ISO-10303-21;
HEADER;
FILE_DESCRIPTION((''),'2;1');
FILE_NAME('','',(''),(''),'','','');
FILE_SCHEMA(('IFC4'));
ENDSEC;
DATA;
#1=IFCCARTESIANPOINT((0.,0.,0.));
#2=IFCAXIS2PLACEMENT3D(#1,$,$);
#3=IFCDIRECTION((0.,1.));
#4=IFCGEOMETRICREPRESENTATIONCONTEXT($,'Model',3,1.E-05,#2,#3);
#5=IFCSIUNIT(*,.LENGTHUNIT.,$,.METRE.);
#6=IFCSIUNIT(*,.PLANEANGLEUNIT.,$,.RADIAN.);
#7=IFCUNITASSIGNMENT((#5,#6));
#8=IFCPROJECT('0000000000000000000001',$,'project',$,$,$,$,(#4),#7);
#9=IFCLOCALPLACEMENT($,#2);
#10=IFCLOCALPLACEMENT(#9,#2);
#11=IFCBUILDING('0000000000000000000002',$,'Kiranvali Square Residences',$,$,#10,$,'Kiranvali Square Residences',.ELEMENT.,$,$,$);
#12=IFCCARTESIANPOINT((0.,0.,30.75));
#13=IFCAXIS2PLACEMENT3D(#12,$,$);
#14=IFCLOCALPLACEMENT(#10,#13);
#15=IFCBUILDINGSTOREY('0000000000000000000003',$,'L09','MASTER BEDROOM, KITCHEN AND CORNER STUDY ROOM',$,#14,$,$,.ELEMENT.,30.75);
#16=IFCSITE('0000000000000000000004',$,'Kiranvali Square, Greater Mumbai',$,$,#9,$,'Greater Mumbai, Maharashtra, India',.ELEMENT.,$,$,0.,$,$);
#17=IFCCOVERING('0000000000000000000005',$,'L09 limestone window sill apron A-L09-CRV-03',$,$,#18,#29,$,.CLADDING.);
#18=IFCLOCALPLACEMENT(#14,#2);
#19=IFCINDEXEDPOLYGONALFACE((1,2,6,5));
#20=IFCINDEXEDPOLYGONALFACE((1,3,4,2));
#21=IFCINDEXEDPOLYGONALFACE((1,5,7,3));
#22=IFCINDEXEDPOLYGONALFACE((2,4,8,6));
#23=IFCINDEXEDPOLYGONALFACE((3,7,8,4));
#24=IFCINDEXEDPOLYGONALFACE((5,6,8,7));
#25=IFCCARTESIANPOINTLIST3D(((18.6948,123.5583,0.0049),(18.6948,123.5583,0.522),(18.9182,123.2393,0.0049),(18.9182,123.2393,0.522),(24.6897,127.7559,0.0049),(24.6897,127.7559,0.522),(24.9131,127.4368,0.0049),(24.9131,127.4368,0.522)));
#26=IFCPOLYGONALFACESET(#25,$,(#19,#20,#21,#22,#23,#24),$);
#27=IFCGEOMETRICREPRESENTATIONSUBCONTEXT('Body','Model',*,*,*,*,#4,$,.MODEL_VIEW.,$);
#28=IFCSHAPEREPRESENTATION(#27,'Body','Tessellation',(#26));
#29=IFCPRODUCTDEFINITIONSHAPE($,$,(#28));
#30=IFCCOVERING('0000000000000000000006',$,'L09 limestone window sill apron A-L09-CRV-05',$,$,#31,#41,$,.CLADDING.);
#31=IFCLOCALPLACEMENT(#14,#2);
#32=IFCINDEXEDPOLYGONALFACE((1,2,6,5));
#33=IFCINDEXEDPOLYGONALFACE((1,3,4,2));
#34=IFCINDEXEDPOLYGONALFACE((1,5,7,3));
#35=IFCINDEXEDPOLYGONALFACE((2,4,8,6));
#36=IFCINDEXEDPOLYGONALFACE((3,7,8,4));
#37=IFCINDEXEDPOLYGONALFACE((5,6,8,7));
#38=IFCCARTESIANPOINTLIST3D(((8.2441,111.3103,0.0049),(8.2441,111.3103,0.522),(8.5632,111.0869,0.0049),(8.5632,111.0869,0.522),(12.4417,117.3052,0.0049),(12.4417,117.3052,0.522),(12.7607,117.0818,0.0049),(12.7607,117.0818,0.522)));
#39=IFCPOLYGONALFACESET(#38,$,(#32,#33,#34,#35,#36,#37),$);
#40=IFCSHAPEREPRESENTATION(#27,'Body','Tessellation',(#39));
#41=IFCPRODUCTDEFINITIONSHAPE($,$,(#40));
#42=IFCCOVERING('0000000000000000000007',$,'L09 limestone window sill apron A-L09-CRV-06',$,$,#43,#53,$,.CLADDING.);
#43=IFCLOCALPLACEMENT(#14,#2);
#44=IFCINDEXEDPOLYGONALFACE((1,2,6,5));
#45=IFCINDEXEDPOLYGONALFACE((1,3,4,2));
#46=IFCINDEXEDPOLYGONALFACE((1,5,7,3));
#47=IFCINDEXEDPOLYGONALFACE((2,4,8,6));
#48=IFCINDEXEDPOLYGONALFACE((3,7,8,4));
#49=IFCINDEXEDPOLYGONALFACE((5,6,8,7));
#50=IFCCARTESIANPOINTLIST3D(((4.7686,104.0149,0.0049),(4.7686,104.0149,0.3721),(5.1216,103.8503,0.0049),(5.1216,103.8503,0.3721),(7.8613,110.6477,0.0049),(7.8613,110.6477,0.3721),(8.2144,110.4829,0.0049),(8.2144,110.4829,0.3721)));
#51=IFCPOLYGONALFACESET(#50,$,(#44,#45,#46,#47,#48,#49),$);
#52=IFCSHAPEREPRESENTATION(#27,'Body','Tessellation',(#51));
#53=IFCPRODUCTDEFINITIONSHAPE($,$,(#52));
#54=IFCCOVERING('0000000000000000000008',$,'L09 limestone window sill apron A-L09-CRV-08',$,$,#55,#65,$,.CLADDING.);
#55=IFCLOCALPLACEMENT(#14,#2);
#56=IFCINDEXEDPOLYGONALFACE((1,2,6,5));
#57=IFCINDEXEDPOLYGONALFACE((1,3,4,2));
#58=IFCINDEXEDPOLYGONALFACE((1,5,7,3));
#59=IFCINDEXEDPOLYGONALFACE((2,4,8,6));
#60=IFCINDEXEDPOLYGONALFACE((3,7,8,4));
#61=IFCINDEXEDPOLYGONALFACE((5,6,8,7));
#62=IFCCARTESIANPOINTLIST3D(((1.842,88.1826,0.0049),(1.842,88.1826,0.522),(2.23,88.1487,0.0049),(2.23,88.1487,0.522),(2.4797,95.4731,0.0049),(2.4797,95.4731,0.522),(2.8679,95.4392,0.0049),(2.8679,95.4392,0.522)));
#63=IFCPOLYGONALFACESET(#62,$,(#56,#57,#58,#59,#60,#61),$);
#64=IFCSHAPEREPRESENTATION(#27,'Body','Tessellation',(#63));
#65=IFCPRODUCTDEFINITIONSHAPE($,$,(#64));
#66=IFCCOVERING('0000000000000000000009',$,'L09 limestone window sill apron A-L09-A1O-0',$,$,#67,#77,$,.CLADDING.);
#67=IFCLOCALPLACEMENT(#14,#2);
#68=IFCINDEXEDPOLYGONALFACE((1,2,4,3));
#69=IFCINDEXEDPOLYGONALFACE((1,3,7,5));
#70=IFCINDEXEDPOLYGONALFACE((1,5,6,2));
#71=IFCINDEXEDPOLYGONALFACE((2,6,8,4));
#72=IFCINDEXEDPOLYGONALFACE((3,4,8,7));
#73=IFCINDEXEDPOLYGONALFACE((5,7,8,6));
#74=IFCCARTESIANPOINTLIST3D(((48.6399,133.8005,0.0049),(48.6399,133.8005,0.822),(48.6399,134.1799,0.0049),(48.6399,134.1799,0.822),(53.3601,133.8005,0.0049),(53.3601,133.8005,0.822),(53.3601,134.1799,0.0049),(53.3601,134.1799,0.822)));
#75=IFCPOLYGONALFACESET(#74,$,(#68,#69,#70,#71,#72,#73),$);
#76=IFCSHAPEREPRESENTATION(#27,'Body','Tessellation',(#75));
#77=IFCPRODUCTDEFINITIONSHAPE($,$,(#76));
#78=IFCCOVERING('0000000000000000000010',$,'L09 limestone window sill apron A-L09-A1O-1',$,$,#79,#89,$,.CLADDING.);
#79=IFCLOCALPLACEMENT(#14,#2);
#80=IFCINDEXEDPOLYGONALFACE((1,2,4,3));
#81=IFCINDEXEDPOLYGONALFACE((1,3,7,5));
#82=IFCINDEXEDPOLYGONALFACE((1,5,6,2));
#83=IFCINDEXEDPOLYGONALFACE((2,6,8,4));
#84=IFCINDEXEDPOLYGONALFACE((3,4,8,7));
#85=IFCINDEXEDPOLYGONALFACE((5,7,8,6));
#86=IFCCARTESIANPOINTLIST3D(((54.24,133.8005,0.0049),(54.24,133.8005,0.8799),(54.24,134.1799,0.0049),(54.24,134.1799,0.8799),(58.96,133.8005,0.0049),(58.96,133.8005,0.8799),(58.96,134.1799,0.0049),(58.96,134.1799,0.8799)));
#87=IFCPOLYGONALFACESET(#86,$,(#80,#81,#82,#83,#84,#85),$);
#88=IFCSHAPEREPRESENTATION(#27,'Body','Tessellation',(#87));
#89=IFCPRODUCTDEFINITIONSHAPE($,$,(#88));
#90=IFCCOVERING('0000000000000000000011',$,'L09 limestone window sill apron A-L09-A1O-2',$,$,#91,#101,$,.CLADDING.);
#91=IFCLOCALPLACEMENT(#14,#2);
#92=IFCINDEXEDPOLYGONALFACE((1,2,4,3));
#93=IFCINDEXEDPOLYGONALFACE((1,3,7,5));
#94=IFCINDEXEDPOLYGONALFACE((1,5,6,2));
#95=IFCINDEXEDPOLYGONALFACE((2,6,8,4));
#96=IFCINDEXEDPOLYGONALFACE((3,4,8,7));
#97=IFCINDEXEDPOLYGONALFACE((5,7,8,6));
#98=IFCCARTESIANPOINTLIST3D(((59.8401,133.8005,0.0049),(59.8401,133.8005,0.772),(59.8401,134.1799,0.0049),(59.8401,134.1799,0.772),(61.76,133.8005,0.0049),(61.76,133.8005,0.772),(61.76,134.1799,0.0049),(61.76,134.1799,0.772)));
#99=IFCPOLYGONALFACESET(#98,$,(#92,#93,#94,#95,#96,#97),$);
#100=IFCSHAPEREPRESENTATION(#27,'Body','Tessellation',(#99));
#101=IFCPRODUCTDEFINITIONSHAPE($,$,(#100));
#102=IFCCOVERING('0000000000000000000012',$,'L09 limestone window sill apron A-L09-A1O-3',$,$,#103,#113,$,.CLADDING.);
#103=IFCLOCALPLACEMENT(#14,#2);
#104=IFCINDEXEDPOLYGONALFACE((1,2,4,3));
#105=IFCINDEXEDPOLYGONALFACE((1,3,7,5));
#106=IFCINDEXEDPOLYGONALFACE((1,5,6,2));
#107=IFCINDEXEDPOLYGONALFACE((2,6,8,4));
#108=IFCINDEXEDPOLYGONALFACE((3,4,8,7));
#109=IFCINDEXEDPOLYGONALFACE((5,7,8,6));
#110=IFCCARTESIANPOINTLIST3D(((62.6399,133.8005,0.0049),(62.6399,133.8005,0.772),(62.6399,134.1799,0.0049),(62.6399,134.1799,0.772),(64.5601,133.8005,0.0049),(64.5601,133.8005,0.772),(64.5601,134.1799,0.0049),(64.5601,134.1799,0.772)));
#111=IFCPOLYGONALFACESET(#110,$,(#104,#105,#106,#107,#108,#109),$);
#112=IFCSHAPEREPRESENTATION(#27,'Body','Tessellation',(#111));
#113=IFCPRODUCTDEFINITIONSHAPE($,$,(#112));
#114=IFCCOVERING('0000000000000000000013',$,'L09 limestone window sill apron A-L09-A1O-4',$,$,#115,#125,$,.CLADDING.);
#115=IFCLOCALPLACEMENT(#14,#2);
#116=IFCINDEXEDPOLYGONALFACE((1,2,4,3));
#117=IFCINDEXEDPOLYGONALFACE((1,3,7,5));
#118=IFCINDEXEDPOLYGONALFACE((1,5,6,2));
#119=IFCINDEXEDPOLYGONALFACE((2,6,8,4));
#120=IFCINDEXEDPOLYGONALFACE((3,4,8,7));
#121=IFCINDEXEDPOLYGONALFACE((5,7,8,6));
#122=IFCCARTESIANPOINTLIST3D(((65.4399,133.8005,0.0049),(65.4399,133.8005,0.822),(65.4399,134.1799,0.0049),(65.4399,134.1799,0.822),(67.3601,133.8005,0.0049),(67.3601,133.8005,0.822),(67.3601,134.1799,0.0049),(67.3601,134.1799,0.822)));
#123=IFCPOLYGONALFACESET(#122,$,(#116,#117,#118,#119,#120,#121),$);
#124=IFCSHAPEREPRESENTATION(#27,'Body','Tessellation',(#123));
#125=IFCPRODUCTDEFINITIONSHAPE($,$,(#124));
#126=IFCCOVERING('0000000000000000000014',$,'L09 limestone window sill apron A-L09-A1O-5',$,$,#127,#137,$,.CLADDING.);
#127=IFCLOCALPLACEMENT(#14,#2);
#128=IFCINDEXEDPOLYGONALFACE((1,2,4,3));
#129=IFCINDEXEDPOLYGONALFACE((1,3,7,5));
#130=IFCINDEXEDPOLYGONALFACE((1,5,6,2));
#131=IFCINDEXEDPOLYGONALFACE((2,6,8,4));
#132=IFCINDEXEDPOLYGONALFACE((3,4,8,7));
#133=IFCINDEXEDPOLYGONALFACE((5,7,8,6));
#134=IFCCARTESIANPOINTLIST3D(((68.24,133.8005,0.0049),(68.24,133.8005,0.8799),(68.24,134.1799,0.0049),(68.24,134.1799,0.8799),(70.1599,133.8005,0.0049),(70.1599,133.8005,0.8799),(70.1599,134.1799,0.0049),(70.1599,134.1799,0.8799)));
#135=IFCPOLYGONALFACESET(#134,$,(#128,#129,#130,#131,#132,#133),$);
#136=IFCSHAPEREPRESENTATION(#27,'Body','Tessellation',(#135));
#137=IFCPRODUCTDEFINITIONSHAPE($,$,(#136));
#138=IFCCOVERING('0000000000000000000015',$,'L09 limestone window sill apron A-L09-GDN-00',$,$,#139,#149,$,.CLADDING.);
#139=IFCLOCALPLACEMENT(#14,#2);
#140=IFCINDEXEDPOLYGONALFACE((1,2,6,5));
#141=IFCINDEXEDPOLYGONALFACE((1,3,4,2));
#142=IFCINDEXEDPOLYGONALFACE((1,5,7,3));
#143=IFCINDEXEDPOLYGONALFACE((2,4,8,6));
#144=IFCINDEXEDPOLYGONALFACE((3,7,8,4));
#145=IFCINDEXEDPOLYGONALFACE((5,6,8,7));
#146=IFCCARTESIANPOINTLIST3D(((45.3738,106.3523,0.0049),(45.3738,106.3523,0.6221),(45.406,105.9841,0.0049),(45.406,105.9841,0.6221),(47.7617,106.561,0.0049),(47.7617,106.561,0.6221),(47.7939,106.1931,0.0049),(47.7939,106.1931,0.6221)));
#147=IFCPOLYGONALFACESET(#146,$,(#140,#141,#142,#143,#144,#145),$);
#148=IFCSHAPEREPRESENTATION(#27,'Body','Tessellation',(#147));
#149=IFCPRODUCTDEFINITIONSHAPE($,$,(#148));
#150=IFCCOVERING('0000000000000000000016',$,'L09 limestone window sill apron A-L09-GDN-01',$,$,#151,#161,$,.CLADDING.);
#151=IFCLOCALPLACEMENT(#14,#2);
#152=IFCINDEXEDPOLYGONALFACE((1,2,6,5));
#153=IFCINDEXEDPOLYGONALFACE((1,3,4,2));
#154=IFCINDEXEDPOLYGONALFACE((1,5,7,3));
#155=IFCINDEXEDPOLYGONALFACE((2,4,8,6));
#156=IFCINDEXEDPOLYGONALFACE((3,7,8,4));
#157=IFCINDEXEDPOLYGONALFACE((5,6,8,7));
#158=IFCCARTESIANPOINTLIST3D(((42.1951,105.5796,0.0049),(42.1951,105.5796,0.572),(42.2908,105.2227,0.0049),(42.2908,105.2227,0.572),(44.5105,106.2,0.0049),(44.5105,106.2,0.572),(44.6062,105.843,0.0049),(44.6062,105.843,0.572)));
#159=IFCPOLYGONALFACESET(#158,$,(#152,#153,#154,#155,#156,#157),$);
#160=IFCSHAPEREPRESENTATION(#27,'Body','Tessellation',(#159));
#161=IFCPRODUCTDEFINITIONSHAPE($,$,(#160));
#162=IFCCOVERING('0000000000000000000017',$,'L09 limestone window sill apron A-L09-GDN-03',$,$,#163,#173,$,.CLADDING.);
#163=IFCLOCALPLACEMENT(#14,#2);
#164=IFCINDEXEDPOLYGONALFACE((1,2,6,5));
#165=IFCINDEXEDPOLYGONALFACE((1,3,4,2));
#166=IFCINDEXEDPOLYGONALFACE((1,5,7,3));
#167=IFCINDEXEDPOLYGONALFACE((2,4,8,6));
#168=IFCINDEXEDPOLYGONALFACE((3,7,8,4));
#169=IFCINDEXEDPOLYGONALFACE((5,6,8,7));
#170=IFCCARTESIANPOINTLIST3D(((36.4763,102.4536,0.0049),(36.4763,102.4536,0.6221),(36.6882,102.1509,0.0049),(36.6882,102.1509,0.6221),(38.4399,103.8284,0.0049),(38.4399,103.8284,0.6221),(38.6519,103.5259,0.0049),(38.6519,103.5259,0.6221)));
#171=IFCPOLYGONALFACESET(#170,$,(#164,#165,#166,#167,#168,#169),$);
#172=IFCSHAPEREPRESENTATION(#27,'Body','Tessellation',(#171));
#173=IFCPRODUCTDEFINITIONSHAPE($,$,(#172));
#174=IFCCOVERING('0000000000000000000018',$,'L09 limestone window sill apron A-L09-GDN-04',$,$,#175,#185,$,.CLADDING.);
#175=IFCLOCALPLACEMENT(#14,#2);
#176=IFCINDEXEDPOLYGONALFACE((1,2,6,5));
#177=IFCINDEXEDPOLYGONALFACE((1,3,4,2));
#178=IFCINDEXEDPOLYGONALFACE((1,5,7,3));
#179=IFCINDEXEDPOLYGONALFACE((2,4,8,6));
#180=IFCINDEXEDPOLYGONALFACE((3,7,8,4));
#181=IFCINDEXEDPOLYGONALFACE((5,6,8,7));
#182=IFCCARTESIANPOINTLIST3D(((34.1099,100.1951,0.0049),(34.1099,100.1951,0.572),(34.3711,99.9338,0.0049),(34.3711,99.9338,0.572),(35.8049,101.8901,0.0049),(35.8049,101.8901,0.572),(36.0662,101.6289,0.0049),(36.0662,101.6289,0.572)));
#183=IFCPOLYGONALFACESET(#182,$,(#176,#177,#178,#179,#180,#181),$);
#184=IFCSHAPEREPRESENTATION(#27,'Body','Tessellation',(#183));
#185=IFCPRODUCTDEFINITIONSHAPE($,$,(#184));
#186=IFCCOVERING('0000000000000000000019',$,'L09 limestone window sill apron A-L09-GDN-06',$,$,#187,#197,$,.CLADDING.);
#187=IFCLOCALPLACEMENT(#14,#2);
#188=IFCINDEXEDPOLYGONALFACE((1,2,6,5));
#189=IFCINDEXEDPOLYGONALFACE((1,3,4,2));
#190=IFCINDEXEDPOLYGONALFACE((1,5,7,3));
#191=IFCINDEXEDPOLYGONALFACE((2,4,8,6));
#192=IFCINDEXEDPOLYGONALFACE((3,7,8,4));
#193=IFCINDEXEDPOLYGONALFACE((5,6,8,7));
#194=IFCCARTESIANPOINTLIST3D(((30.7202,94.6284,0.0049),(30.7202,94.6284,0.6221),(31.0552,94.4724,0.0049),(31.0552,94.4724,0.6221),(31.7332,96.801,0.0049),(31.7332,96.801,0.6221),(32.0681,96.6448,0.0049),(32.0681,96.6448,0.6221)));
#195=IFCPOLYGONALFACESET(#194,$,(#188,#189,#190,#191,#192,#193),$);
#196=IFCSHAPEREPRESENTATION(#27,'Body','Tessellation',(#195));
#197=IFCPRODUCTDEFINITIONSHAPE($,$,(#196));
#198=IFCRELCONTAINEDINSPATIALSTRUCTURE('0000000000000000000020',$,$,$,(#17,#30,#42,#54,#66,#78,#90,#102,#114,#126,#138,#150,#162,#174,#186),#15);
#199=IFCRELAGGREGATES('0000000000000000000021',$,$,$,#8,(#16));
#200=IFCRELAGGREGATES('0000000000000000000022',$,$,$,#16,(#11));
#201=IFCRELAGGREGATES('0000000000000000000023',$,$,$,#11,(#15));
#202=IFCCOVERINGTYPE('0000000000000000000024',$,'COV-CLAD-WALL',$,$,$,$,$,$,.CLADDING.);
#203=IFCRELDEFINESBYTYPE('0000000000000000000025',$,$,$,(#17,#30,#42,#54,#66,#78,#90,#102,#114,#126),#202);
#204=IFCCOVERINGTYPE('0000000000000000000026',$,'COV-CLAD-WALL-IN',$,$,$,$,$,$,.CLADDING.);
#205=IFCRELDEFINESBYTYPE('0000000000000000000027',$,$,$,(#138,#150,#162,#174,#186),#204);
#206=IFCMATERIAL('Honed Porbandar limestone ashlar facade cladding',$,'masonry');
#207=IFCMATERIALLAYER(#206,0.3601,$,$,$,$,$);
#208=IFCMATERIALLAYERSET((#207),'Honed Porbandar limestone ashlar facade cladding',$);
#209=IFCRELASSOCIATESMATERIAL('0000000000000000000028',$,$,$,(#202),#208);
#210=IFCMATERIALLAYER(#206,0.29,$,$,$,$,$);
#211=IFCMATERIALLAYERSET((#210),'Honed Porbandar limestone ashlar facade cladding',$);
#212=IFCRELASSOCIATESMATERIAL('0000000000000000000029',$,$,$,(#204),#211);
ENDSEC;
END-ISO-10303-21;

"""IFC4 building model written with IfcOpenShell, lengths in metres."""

from ifc_helpers import new_model, si_unit, direction, frame, origin, place, context, subcontext, project, spatial, polyline, outline, extrude, material, layer, layer_set, type_object, element, save


model = new_model("IFC4")

# Units and contexts
model_context = context("Model", 3, precision=1e-05, world=origin(), true_north=direction((0.0, 1.0)))
body_context = subcontext(model_context, "Body", "Model", "MODEL_VIEW")
ifc_project = project(units=[si_unit("LENGTHUNIT", "METRE"), si_unit("PLANEANGLEUNIT", "RADIAN")], contexts=[model_context])

# Site, building, storey
site_placement = place(None, origin())
site = spatial("IfcSite", under=ifc_project, at=site_placement, Name="Kiranvali Square, Greater Mumbai", LongName="Greater Mumbai, Maharashtra, India", CompositionType="ELEMENT", RefElevation=0.0)
building_placement = place(site_placement, origin())
building = spatial("IfcBuilding", under=site, at=building_placement, Name="Kiranvali Square Residences", LongName="Kiranvali Square Residences", CompositionType="ELEMENT")
storey_placement = place(building_placement, frame((0.0, 0.0, 30.75)))
storey = spatial("IfcBuildingStorey", under=building, at=storey_placement, Name="L09", Description="MASTER BEDROOM, KITCHEN AND CORNER STUDY ROOM", CompositionType="ELEMENT", Elevation=30.75)

# Coverings
ifc_material = material(Name="Honed Porbandar limestone ashlar facade cladding", Category="masonry")
ifc_layer_1 = layer(ifc_material, 0.3601)
ifc_layer_set_1 = layer_set([ifc_layer_1], Name="Honed Porbandar limestone ashlar facade cladding")
covering_type_1 = type_object("IfcCoveringType", Name="COV-CLAD-WALL", PredefinedType="CLADDING", material=ifc_layer_set_1)
covering_1_placement = place(storey_placement, frame((0.0, 0.0, 0.0049)))
element("IfcCovering", 1, at=covering_1_placement, inside=storey, type_object=covering_type_1, Name="L09 limestone window sill apron A-L09-CRV-03", PredefinedType="CLADDING", context=body_context, shape_type="SweptSolid", body=[
    extrude(outline(polyline([(24.6897, 127.7559), (18.6948, 123.5583), (18.9182, 123.2393), (24.9131, 127.4368), (24.6897, 127.7559)])), origin(), (0.0, 0.0, 1.0), 0.5171),
])
covering_2_placement = place(storey_placement, frame((0.0, 0.0, 0.0049)))
element("IfcCovering", 2, at=covering_2_placement, inside=storey, type_object=covering_type_1, Name="L09 limestone window sill apron A-L09-CRV-05", PredefinedType="CLADDING", context=body_context, shape_type="SweptSolid", body=[
    extrude(outline(polyline([(12.4417, 117.3052), (8.2441, 111.3103), (8.5632, 111.0869), (12.7607, 117.0818), (12.4417, 117.3052)])), origin(), (0.0, 0.0, 1.0), 0.5171),
])
covering_3_placement = place(storey_placement, frame((0.0, 0.0, 0.0049)))
element("IfcCovering", 3, at=covering_3_placement, inside=storey, type_object=covering_type_1, Name="L09 limestone window sill apron A-L09-CRV-06", PredefinedType="CLADDING", context=body_context, shape_type="SweptSolid", body=[
    extrude(outline(polyline([(7.8613, 110.6477), (4.7686, 104.0149), (5.1216, 103.8503), (8.2144, 110.4829), (7.8613, 110.6477)])), origin(), (0.0, 0.0, 1.0), 0.3672),
])
covering_4_placement = place(storey_placement, frame((0.0, 0.0, 0.0049)))
element("IfcCovering", 4, at=covering_4_placement, inside=storey, type_object=covering_type_1, Name="L09 limestone window sill apron A-L09-CRV-08", PredefinedType="CLADDING", context=body_context, shape_type="SweptSolid", body=[
    extrude(outline(polyline([(2.4797, 95.4731), (1.842, 88.1826), (2.23, 88.1487), (2.8679, 95.4392), (2.4797, 95.4731)])), origin(), (0.0, 0.0, 1.0), 0.5171),
])
covering_5_placement = place(storey_placement, frame((0.0, 0.0, 0.0049)))
element("IfcCovering", 5, at=covering_5_placement, inside=storey, type_object=covering_type_1, Name="L09 limestone window sill apron A-L09-A1O-0", PredefinedType="CLADDING", context=body_context, shape_type="SweptSolid", body=[
    extrude(outline(polyline([(48.6399, 133.8005), (53.3601, 133.8005), (53.3601, 134.1799), (48.6399, 134.1799), (48.6399, 133.8005)])), origin(), (0.0, 0.0, 1.0), 0.8171),
])
covering_6_placement = place(storey_placement, frame((0.0, 0.0, 0.0049)))
element("IfcCovering", 6, at=covering_6_placement, inside=storey, type_object=covering_type_1, Name="L09 limestone window sill apron A-L09-A1O-1", PredefinedType="CLADDING", context=body_context, shape_type="SweptSolid", body=[
    extrude(outline(polyline([(54.24, 133.8005), (58.96, 133.8005), (58.96, 134.1799), (54.24, 134.1799), (54.24, 133.8005)])), origin(), (0.0, 0.0, 1.0), 0.875),
])
covering_7_placement = place(storey_placement, frame((0.0, 0.0, 0.0049)))
element("IfcCovering", 7, at=covering_7_placement, inside=storey, type_object=covering_type_1, Name="L09 limestone window sill apron A-L09-A1O-2", PredefinedType="CLADDING", context=body_context, shape_type="SweptSolid", body=[
    extrude(outline(polyline([(59.8401, 133.8005), (61.76, 133.8005), (61.76, 134.1799), (59.8401, 134.1799), (59.8401, 133.8005)])), origin(), (0.0, 0.0, 1.0), 0.7671),
])
covering_8_placement = place(storey_placement, frame((0.0, 0.0, 0.0049)))
element("IfcCovering", 8, at=covering_8_placement, inside=storey, type_object=covering_type_1, Name="L09 limestone window sill apron A-L09-A1O-3", PredefinedType="CLADDING", context=body_context, shape_type="SweptSolid", body=[
    extrude(outline(polyline([(62.6399, 133.8005), (64.5601, 133.8005), (64.5601, 134.1799), (62.6399, 134.1799), (62.6399, 133.8005)])), origin(), (0.0, 0.0, 1.0), 0.7671),
])
covering_9_placement = place(storey_placement, frame((0.0, 0.0, 0.0049)))
element("IfcCovering", 9, at=covering_9_placement, inside=storey, type_object=covering_type_1, Name="L09 limestone window sill apron A-L09-A1O-4", PredefinedType="CLADDING", context=body_context, shape_type="SweptSolid", body=[
    extrude(outline(polyline([(65.4399, 133.8005), (67.3601, 133.8005), (67.3601, 134.1799), (65.4399, 134.1799), (65.4399, 133.8005)])), origin(), (0.0, 0.0, 1.0), 0.8171),
])
covering_10_placement = place(storey_placement, frame((0.0, 0.0, 0.0049)))
element("IfcCovering", 10, at=covering_10_placement, inside=storey, type_object=covering_type_1, Name="L09 limestone window sill apron A-L09-A1O-5", PredefinedType="CLADDING", context=body_context, shape_type="SweptSolid", body=[
    extrude(outline(polyline([(68.24, 133.8005), (70.1599, 133.8005), (70.1599, 134.1799), (68.24, 134.1799), (68.24, 133.8005)])), origin(), (0.0, 0.0, 1.0), 0.875),
])
ifc_layer_2 = layer(ifc_material, 0.29)
ifc_layer_set_2 = layer_set([ifc_layer_2], Name="Honed Porbandar limestone ashlar facade cladding")
covering_type_2 = type_object("IfcCoveringType", Name="COV-CLAD-WALL-IN", PredefinedType="CLADDING", material=ifc_layer_set_2)
covering_11_placement = place(storey_placement, frame((0.0, 0.0, 0.0049)))
element("IfcCovering", 11, at=covering_11_placement, inside=storey, type_object=covering_type_2, Name="L09 limestone window sill apron A-L09-GDN-00", PredefinedType="CLADDING", context=body_context, shape_type="SweptSolid", body=[
    extrude(outline(polyline([(47.7617, 106.561), (45.3738, 106.3523), (45.406, 105.9841), (47.7939, 106.1931), (47.7617, 106.561)])), origin(), (0.0, 0.0, 1.0), 0.6172),
])
covering_12_placement = place(storey_placement, frame((0.0, 0.0, 0.0049)))
element("IfcCovering", 12, at=covering_12_placement, inside=storey, type_object=covering_type_2, Name="L09 limestone window sill apron A-L09-GDN-01", PredefinedType="CLADDING", context=body_context, shape_type="SweptSolid", body=[
    extrude(outline(polyline([(44.5105, 106.2), (42.1951, 105.5796), (42.2908, 105.2227), (44.6062, 105.843), (44.5105, 106.2)])), origin(), (0.0, 0.0, 1.0), 0.5671),
])
covering_13_placement = place(storey_placement, frame((0.0, 0.0, 0.0049)))
element("IfcCovering", 13, at=covering_13_placement, inside=storey, type_object=covering_type_2, Name="L09 limestone window sill apron A-L09-GDN-03", PredefinedType="CLADDING", context=body_context, shape_type="SweptSolid", body=[
    extrude(outline(polyline([(38.4399, 103.8284), (36.4763, 102.4536), (36.6882, 102.1509), (38.6519, 103.5259), (38.4399, 103.8284)])), origin(), (0.0, 0.0, 1.0), 0.6172),
])
covering_14_placement = place(storey_placement, frame((0.0, 0.0, 0.0049)))
element("IfcCovering", 14, at=covering_14_placement, inside=storey, type_object=covering_type_2, Name="L09 limestone window sill apron A-L09-GDN-04", PredefinedType="CLADDING", context=body_context, shape_type="SweptSolid", body=[
    extrude(outline(polyline([(35.8049, 101.8901), (34.1099, 100.1951), (34.3711, 99.9338), (36.0662, 101.6289), (35.8049, 101.8901)])), origin(), (0.0, 0.0, 1.0), 0.5671),
])
covering_15_placement = place(storey_placement, frame((0.0, 0.0, 0.0049)))
element("IfcCovering", 15, at=covering_15_placement, inside=storey, type_object=covering_type_2, Name="L09 limestone window sill apron A-L09-GDN-06", PredefinedType="CLADDING", context=body_context, shape_type="SweptSolid", body=[
    extrude(outline(polyline([(31.7332, 96.801), (30.7202, 94.6284), (31.0552, 94.4724), (32.0681, 96.6448), (31.7332, 96.801)])), origin(), (0.0, 0.0, 1.0), 0.6172),
])

save(model, "model.ifc")
